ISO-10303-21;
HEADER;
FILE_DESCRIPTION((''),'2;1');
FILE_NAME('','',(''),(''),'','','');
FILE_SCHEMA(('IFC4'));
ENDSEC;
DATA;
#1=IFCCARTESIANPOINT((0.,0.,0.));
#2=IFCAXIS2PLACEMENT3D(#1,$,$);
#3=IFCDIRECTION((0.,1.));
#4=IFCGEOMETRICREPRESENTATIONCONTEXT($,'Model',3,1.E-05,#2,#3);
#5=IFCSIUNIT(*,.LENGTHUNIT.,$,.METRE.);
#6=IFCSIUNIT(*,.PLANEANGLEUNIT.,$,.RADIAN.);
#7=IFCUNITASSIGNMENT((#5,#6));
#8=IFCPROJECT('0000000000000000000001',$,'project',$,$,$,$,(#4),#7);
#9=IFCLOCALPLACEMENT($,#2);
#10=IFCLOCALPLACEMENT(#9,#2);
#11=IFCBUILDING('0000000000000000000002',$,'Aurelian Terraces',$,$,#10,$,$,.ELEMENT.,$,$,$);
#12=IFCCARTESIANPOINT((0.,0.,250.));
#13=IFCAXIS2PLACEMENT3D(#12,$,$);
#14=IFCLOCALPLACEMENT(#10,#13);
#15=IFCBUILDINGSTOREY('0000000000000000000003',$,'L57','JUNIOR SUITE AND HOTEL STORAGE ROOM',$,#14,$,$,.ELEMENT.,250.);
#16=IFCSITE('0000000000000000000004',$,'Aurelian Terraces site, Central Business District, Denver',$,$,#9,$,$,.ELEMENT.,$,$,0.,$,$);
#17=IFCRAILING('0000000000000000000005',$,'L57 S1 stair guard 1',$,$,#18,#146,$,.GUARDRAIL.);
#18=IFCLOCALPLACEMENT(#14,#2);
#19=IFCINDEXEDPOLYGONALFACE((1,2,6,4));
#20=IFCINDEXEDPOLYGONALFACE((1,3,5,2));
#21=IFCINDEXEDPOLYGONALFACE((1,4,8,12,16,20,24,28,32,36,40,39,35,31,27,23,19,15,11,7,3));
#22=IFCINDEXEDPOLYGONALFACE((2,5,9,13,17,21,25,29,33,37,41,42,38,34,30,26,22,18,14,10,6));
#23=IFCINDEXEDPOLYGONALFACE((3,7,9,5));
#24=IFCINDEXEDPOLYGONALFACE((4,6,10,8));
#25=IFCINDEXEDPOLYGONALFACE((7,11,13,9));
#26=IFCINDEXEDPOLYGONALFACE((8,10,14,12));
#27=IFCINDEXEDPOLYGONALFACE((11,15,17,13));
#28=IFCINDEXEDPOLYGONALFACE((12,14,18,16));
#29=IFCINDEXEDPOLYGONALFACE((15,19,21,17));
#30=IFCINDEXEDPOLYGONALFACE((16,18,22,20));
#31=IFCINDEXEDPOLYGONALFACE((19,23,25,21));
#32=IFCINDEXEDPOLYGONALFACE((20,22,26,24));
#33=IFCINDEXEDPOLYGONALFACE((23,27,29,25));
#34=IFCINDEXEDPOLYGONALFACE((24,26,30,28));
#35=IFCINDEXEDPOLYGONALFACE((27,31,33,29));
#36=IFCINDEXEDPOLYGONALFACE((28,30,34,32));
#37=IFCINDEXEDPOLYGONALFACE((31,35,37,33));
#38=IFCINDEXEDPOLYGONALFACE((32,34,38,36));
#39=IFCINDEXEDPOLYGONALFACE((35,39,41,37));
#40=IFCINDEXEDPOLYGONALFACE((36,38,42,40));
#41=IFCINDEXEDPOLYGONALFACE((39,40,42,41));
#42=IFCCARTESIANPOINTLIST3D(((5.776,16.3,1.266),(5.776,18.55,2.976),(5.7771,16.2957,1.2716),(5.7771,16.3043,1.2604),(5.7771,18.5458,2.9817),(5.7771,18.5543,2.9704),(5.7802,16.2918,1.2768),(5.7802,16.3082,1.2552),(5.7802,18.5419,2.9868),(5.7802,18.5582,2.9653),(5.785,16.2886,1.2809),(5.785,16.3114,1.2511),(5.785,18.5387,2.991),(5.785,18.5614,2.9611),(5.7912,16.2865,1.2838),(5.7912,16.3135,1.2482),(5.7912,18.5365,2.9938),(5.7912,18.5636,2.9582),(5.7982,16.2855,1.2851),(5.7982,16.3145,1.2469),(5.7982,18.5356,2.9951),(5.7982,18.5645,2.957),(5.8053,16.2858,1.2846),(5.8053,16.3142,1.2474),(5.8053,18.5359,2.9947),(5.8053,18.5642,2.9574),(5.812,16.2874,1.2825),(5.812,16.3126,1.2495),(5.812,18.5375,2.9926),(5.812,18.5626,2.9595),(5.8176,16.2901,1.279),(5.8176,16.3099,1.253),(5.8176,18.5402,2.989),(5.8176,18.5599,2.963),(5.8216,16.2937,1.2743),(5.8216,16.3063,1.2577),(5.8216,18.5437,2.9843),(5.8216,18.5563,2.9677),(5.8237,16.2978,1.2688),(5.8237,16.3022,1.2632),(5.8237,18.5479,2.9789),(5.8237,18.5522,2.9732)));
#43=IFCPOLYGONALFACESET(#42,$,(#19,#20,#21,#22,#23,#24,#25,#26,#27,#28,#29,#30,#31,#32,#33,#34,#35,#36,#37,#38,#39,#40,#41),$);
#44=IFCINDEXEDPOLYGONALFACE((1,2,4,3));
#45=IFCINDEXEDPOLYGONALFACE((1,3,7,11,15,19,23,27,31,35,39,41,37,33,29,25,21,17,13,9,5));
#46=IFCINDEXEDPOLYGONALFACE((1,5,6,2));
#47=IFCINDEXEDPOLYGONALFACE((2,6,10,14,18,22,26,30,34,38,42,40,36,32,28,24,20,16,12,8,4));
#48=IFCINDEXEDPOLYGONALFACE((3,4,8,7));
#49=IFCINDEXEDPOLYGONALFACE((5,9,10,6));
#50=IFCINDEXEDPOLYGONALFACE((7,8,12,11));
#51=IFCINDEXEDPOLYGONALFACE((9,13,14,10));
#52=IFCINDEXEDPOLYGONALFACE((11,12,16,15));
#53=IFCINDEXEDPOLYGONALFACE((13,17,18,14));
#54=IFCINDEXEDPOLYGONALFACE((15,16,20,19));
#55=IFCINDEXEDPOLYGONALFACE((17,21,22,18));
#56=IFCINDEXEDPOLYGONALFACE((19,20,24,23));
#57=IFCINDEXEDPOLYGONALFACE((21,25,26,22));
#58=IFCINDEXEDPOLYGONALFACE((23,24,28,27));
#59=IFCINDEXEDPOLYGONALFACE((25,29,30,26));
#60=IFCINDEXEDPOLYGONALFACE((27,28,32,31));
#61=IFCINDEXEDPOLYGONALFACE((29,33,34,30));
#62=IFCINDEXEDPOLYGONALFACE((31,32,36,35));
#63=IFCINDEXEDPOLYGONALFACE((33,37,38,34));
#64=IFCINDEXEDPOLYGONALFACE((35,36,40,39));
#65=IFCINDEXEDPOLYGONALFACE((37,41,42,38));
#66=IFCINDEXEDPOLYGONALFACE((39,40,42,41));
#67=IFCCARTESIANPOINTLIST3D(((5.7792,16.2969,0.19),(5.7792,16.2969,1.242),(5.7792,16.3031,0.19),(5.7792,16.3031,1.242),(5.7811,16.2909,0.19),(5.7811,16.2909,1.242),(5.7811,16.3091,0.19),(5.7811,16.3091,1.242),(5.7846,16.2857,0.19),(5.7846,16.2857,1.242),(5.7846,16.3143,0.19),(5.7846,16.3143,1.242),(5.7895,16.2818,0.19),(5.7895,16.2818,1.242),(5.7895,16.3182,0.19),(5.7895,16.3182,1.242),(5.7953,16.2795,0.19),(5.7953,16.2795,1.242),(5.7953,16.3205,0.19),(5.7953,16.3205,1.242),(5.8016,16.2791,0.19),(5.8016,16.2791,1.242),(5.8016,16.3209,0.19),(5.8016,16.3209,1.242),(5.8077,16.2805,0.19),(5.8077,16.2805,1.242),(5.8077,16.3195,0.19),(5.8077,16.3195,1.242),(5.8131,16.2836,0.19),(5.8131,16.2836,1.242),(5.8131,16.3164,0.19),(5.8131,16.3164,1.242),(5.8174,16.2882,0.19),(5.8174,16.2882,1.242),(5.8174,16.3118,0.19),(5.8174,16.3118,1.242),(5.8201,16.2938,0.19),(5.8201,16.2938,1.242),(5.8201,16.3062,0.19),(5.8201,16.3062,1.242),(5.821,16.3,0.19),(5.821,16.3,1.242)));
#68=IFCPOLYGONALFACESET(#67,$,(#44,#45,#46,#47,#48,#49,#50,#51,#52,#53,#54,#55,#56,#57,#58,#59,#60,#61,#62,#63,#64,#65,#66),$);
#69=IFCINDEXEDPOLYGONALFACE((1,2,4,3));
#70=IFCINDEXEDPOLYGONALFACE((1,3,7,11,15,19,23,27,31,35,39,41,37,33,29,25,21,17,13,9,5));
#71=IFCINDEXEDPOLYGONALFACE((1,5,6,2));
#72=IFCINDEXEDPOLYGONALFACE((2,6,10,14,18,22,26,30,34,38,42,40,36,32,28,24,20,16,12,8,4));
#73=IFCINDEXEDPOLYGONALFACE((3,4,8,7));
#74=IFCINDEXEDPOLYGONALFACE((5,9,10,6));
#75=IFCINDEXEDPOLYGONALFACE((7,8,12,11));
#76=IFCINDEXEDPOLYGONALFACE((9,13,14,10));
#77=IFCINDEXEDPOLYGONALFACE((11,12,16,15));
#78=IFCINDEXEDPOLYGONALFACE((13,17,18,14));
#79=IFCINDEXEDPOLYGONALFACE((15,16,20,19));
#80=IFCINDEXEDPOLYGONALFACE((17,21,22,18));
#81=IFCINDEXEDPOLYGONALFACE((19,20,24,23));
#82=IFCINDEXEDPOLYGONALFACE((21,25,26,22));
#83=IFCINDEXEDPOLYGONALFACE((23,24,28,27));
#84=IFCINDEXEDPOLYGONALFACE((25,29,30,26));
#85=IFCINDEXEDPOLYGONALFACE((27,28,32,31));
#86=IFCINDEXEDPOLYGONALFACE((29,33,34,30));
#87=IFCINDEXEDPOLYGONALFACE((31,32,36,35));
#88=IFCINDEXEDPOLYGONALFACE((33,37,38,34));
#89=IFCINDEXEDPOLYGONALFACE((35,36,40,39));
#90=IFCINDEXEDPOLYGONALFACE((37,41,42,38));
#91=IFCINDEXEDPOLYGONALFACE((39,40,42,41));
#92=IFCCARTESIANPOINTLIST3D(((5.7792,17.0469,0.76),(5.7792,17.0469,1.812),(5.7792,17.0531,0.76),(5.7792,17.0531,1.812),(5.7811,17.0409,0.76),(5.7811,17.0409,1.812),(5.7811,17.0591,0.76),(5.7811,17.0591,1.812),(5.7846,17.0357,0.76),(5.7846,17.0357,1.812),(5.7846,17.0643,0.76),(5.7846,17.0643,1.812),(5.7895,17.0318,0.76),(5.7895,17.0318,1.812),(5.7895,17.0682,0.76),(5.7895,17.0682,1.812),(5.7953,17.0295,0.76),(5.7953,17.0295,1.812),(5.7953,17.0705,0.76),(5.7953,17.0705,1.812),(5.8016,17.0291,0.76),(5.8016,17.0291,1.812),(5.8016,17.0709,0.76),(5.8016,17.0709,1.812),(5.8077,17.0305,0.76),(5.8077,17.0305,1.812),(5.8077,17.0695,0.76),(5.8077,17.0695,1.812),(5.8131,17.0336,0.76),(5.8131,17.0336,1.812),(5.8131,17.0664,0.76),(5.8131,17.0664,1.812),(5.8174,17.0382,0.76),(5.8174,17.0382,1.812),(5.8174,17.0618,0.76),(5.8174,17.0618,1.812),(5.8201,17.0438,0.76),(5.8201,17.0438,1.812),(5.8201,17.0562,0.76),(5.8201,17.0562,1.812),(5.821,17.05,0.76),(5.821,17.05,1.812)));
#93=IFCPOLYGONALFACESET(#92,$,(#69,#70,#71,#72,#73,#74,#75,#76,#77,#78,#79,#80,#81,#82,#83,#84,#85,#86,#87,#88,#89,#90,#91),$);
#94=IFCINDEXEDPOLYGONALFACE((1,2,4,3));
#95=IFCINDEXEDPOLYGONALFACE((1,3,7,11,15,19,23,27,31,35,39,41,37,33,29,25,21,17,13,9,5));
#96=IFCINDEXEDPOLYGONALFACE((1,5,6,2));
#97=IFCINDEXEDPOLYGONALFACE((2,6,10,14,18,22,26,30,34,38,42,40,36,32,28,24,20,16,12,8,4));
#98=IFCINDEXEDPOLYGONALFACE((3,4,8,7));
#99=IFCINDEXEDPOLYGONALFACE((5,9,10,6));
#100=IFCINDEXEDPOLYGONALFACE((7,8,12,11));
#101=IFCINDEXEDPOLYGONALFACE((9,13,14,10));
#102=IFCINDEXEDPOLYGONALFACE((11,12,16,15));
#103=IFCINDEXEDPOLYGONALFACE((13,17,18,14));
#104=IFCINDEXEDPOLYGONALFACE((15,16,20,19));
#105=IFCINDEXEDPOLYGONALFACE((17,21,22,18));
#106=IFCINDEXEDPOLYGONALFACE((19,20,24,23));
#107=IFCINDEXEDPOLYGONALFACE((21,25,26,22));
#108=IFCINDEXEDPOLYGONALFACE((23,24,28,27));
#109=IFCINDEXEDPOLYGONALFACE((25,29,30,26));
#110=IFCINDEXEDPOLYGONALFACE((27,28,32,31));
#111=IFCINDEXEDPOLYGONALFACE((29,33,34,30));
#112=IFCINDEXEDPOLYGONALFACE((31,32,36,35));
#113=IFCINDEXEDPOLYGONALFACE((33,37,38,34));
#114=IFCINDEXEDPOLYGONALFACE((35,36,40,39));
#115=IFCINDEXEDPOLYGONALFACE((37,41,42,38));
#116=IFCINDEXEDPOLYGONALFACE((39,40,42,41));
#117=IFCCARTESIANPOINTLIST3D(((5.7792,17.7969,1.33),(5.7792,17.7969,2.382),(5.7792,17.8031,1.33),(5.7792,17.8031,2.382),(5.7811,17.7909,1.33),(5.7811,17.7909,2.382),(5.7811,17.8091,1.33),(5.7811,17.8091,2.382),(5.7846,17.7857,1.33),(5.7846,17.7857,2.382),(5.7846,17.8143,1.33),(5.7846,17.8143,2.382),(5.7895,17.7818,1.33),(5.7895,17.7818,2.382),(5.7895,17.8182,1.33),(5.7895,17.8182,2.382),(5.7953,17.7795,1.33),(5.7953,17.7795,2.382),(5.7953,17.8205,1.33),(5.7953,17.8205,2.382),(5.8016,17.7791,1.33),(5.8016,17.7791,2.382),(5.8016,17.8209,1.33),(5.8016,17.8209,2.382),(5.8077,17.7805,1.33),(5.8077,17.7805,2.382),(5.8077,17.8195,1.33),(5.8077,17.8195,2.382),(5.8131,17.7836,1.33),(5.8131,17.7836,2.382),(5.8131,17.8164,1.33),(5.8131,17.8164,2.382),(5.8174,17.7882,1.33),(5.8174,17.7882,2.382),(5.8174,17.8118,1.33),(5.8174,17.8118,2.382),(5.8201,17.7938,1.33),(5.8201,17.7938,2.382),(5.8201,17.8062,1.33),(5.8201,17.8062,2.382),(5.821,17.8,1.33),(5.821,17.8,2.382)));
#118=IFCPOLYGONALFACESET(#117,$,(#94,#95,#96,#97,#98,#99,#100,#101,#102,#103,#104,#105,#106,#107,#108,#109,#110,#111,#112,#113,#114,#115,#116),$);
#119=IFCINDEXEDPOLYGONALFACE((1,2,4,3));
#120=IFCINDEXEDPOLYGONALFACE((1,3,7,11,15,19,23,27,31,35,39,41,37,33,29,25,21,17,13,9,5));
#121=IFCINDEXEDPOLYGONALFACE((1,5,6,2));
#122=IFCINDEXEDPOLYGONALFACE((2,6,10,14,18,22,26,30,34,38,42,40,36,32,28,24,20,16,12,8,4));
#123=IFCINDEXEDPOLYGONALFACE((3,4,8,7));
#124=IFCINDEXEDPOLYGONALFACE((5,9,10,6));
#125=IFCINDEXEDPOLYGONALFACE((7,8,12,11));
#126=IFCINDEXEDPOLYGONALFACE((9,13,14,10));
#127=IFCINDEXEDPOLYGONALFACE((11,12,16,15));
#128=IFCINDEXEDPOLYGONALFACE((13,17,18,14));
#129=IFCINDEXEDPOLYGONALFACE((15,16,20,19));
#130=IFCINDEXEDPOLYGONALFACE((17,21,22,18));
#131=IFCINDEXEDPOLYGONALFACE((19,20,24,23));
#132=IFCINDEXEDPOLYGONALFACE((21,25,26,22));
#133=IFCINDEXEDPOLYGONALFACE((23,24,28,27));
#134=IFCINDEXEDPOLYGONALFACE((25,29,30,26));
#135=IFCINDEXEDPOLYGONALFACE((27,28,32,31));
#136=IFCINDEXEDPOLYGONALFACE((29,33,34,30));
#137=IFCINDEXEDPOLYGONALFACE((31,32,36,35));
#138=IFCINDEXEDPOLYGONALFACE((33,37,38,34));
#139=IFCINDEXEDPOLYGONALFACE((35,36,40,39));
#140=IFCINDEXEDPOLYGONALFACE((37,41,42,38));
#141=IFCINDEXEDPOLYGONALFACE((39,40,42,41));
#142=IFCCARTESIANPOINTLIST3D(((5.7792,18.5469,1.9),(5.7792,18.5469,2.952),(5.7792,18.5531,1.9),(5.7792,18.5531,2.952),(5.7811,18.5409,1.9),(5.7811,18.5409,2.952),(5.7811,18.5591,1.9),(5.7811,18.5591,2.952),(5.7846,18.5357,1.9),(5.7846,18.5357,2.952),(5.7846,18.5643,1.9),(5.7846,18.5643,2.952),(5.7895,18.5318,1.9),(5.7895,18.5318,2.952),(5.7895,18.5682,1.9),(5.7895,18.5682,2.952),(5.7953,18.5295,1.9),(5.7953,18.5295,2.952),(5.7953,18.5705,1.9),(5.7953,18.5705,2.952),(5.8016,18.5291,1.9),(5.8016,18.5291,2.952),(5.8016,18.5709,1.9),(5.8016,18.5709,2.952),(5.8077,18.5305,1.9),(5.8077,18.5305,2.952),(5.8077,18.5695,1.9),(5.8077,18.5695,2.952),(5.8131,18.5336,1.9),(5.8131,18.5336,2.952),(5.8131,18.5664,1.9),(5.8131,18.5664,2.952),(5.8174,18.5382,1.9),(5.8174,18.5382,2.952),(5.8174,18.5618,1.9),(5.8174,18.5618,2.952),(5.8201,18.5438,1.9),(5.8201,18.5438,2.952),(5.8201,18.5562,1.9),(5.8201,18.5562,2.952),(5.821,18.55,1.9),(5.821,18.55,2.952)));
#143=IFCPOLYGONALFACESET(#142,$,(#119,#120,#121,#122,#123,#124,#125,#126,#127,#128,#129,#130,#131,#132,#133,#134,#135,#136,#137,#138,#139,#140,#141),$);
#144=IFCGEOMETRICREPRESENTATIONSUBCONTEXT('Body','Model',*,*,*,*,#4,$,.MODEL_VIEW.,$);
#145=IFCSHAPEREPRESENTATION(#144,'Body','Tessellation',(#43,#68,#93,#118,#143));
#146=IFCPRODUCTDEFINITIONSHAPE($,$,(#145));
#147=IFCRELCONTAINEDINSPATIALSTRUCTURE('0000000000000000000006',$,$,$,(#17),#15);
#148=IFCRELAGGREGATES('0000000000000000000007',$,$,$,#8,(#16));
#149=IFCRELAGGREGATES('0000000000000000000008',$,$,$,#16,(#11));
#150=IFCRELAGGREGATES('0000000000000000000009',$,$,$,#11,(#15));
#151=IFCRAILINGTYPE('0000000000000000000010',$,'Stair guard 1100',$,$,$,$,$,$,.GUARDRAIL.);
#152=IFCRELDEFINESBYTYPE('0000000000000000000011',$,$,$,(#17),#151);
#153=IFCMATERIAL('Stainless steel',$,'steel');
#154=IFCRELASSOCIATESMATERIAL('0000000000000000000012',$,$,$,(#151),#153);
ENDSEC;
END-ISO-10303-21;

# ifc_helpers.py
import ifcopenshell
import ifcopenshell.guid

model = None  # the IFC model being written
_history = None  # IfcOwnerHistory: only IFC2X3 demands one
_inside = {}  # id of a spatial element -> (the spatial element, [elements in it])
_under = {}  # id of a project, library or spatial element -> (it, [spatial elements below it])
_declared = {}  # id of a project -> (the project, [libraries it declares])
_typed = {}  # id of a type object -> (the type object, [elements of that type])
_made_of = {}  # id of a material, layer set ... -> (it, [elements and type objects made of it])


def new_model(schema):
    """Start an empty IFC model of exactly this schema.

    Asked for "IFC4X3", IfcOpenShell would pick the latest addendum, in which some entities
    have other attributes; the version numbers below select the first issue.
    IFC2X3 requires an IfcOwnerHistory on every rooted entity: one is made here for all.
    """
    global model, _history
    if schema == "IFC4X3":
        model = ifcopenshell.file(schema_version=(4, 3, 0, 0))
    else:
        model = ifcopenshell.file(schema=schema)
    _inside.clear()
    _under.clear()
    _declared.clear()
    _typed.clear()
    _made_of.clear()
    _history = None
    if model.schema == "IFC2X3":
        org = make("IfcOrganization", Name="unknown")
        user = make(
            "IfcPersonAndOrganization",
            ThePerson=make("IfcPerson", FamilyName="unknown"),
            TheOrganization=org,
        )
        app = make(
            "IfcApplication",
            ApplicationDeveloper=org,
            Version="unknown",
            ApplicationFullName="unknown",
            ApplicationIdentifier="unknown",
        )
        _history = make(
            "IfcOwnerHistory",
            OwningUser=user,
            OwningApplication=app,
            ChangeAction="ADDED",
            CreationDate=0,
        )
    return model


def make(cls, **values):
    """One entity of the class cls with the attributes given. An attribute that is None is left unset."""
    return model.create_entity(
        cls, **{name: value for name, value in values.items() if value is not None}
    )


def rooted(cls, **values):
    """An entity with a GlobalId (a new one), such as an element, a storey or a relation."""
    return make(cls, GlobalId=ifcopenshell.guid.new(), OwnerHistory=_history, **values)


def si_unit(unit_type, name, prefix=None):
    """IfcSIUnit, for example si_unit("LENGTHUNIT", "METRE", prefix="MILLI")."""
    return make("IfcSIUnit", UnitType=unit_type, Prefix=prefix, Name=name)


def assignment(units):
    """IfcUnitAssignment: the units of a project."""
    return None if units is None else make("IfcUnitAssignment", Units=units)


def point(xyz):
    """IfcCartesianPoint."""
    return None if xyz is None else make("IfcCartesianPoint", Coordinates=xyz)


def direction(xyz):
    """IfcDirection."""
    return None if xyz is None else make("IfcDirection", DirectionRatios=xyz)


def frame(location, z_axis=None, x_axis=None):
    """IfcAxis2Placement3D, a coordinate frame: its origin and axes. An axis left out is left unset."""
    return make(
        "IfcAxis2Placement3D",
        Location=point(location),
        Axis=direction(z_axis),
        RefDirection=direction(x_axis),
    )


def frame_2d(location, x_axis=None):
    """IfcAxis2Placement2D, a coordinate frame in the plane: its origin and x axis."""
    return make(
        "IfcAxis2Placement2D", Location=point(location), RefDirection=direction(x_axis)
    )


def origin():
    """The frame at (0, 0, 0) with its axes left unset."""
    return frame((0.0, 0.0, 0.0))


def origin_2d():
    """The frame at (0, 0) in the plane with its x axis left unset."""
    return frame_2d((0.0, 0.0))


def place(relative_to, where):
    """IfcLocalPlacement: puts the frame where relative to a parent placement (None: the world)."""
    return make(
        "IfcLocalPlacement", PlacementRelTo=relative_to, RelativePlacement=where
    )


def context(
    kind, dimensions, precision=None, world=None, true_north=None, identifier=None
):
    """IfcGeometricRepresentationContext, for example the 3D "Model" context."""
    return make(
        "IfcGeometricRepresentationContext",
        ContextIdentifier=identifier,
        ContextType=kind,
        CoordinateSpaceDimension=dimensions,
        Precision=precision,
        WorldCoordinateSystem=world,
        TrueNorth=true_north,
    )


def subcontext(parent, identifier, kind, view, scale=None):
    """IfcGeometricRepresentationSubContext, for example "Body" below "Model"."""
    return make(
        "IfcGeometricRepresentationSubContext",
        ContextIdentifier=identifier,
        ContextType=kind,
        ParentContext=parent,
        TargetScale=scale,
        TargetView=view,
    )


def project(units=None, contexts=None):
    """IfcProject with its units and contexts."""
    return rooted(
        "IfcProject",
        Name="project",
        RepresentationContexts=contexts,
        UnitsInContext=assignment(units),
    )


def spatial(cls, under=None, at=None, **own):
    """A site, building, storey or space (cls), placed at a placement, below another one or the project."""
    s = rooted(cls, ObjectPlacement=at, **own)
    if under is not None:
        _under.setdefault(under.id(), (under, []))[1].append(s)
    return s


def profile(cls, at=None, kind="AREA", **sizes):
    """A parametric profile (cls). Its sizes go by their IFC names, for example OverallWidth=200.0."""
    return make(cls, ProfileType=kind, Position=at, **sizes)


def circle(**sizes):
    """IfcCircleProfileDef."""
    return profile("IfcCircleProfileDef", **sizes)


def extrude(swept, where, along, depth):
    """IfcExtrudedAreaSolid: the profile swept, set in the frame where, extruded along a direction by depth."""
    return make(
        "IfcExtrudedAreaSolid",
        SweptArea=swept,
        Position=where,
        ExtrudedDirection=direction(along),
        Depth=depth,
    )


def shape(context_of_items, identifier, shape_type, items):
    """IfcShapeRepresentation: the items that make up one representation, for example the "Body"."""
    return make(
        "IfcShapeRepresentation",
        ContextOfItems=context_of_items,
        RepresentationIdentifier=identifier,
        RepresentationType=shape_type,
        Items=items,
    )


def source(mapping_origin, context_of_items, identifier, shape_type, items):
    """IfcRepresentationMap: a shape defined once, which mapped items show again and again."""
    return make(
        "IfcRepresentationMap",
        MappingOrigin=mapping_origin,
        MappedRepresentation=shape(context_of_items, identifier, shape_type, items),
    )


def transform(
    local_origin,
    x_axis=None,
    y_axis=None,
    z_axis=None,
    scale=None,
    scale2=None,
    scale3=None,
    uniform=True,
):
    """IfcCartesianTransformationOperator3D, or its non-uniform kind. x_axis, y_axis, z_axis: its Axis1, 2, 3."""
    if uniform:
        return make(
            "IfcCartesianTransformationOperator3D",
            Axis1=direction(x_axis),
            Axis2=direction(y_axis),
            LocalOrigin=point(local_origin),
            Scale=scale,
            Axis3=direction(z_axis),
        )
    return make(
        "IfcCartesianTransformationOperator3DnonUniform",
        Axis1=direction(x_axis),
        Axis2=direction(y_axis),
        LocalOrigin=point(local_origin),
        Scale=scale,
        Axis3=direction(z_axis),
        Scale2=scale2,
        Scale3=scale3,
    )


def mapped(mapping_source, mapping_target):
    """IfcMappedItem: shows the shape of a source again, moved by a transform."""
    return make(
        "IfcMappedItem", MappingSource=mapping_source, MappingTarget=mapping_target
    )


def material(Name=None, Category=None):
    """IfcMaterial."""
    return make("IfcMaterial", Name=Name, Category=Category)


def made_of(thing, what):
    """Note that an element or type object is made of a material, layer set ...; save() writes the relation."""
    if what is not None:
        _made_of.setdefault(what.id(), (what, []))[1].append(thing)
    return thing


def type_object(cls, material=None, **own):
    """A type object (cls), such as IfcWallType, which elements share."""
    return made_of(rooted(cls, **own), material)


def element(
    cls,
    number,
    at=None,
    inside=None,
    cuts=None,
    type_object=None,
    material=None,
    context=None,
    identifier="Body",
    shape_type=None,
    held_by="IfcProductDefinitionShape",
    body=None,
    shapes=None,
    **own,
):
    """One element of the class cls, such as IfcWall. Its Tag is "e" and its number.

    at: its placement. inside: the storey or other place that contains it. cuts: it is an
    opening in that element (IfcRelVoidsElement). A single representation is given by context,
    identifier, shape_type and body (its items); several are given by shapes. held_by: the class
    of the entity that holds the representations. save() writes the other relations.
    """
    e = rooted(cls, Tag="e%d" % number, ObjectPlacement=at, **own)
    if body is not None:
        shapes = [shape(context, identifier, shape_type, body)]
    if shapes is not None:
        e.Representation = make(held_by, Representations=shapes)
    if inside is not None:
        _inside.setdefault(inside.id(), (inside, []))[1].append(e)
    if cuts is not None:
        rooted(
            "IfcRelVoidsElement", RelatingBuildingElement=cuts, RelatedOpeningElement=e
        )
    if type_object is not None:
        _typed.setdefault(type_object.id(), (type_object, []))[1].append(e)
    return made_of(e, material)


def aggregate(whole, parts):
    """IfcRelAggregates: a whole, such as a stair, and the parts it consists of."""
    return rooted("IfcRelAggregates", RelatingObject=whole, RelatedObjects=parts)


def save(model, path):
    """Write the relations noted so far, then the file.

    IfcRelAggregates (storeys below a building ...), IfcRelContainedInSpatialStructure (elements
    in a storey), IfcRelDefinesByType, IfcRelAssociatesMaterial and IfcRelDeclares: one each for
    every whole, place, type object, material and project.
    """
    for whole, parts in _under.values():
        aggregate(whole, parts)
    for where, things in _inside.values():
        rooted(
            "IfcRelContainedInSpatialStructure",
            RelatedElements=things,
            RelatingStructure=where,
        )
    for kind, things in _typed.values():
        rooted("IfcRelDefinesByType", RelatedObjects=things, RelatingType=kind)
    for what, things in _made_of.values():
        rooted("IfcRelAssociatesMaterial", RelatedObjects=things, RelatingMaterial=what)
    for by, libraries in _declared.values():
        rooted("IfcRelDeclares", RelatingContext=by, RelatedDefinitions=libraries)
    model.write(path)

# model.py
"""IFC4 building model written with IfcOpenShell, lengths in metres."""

from ifc_helpers import new_model, si_unit, direction, frame, origin, origin_2d, place, context, subcontext, project, spatial, circle, extrude, source, transform, mapped, material, type_object, element, save


model = new_model("IFC4")

# Units and contexts
model_context = context("Model", 3, precision=1e-05, world=origin(), true_north=direction((0.0, 1.0)))
body_context = subcontext(model_context, "Body", "Model", "MODEL_VIEW")
ifc_project = project(units=[si_unit("LENGTHUNIT", "METRE"), si_unit("PLANEANGLEUNIT", "RADIAN")], contexts=[model_context])

# Site, building, storey
site_placement = place(None, origin())
site = spatial("IfcSite", under=ifc_project, at=site_placement, Name="Aurelian Terraces site, Central Business District, Denver", CompositionType="ELEMENT", RefElevation=0.0)
building_placement = place(site_placement, origin())
building = spatial("IfcBuilding", under=site, at=building_placement, Name="Aurelian Terraces", CompositionType="ELEMENT")
storey_placement = place(building_placement, frame((0.0, 0.0, 250.0)))
storey = spatial("IfcBuildingStorey", under=building, at=storey_placement, Name="L57", Description="JUNIOR SUITE AND HOTEL STORAGE ROOM", CompositionType="ELEMENT", Elevation=250.0)

# Railing
ifc_material_1 = material(Name="Stainless steel", Category="steel")
railing_type_1 = type_object("IfcRailingType", Name="Stair guard 1100", PredefinedType="GUARDRAIL", material=ifc_material_1)
shared_shape_1 = source(origin(), body_context, "Body", "SweptSolid", [
    extrude(circle(Radius=0.024, at=origin_2d()), frame((0.0, 0.0, 1.076), z_axis=(0.0, 0.796162, 0.605083), x_axis=(-1.0, 0.0, 0.0)), (0.0, 0.0, 1.0), 2.8261),
    extrude(circle(Radius=0.021, at=origin_2d()), origin(), (0.0, 0.0, 1.0), 1.052),
    extrude(circle(Radius=0.021, at=origin_2d()), frame((0.0, 0.75, 0.57)), (0.0, 0.0, 1.0), 1.052),
    extrude(circle(Radius=0.021, at=origin_2d()), frame((0.0, 1.5, 1.14)), (0.0, 0.0, 1.0), 1.052),
    extrude(circle(Radius=0.021, at=origin_2d()), frame((0.0, 2.25, 1.71)), (0.0, 0.0, 1.0), 1.052),
])
railing_1_placement = place(storey_placement, frame((5.8, 16.3, 0.19)))
element("IfcRailing", 1, at=railing_1_placement, inside=storey, type_object=railing_type_1, Name="L57 S1 stair guard 1", PredefinedType="GUARDRAIL", context=body_context, shape_type="MappedRepresentation", body=[
    mapped(shared_shape_1, transform((0.0, 0.0, 0.0), scale=1.0)),
])

save(model, "model.ifc")
